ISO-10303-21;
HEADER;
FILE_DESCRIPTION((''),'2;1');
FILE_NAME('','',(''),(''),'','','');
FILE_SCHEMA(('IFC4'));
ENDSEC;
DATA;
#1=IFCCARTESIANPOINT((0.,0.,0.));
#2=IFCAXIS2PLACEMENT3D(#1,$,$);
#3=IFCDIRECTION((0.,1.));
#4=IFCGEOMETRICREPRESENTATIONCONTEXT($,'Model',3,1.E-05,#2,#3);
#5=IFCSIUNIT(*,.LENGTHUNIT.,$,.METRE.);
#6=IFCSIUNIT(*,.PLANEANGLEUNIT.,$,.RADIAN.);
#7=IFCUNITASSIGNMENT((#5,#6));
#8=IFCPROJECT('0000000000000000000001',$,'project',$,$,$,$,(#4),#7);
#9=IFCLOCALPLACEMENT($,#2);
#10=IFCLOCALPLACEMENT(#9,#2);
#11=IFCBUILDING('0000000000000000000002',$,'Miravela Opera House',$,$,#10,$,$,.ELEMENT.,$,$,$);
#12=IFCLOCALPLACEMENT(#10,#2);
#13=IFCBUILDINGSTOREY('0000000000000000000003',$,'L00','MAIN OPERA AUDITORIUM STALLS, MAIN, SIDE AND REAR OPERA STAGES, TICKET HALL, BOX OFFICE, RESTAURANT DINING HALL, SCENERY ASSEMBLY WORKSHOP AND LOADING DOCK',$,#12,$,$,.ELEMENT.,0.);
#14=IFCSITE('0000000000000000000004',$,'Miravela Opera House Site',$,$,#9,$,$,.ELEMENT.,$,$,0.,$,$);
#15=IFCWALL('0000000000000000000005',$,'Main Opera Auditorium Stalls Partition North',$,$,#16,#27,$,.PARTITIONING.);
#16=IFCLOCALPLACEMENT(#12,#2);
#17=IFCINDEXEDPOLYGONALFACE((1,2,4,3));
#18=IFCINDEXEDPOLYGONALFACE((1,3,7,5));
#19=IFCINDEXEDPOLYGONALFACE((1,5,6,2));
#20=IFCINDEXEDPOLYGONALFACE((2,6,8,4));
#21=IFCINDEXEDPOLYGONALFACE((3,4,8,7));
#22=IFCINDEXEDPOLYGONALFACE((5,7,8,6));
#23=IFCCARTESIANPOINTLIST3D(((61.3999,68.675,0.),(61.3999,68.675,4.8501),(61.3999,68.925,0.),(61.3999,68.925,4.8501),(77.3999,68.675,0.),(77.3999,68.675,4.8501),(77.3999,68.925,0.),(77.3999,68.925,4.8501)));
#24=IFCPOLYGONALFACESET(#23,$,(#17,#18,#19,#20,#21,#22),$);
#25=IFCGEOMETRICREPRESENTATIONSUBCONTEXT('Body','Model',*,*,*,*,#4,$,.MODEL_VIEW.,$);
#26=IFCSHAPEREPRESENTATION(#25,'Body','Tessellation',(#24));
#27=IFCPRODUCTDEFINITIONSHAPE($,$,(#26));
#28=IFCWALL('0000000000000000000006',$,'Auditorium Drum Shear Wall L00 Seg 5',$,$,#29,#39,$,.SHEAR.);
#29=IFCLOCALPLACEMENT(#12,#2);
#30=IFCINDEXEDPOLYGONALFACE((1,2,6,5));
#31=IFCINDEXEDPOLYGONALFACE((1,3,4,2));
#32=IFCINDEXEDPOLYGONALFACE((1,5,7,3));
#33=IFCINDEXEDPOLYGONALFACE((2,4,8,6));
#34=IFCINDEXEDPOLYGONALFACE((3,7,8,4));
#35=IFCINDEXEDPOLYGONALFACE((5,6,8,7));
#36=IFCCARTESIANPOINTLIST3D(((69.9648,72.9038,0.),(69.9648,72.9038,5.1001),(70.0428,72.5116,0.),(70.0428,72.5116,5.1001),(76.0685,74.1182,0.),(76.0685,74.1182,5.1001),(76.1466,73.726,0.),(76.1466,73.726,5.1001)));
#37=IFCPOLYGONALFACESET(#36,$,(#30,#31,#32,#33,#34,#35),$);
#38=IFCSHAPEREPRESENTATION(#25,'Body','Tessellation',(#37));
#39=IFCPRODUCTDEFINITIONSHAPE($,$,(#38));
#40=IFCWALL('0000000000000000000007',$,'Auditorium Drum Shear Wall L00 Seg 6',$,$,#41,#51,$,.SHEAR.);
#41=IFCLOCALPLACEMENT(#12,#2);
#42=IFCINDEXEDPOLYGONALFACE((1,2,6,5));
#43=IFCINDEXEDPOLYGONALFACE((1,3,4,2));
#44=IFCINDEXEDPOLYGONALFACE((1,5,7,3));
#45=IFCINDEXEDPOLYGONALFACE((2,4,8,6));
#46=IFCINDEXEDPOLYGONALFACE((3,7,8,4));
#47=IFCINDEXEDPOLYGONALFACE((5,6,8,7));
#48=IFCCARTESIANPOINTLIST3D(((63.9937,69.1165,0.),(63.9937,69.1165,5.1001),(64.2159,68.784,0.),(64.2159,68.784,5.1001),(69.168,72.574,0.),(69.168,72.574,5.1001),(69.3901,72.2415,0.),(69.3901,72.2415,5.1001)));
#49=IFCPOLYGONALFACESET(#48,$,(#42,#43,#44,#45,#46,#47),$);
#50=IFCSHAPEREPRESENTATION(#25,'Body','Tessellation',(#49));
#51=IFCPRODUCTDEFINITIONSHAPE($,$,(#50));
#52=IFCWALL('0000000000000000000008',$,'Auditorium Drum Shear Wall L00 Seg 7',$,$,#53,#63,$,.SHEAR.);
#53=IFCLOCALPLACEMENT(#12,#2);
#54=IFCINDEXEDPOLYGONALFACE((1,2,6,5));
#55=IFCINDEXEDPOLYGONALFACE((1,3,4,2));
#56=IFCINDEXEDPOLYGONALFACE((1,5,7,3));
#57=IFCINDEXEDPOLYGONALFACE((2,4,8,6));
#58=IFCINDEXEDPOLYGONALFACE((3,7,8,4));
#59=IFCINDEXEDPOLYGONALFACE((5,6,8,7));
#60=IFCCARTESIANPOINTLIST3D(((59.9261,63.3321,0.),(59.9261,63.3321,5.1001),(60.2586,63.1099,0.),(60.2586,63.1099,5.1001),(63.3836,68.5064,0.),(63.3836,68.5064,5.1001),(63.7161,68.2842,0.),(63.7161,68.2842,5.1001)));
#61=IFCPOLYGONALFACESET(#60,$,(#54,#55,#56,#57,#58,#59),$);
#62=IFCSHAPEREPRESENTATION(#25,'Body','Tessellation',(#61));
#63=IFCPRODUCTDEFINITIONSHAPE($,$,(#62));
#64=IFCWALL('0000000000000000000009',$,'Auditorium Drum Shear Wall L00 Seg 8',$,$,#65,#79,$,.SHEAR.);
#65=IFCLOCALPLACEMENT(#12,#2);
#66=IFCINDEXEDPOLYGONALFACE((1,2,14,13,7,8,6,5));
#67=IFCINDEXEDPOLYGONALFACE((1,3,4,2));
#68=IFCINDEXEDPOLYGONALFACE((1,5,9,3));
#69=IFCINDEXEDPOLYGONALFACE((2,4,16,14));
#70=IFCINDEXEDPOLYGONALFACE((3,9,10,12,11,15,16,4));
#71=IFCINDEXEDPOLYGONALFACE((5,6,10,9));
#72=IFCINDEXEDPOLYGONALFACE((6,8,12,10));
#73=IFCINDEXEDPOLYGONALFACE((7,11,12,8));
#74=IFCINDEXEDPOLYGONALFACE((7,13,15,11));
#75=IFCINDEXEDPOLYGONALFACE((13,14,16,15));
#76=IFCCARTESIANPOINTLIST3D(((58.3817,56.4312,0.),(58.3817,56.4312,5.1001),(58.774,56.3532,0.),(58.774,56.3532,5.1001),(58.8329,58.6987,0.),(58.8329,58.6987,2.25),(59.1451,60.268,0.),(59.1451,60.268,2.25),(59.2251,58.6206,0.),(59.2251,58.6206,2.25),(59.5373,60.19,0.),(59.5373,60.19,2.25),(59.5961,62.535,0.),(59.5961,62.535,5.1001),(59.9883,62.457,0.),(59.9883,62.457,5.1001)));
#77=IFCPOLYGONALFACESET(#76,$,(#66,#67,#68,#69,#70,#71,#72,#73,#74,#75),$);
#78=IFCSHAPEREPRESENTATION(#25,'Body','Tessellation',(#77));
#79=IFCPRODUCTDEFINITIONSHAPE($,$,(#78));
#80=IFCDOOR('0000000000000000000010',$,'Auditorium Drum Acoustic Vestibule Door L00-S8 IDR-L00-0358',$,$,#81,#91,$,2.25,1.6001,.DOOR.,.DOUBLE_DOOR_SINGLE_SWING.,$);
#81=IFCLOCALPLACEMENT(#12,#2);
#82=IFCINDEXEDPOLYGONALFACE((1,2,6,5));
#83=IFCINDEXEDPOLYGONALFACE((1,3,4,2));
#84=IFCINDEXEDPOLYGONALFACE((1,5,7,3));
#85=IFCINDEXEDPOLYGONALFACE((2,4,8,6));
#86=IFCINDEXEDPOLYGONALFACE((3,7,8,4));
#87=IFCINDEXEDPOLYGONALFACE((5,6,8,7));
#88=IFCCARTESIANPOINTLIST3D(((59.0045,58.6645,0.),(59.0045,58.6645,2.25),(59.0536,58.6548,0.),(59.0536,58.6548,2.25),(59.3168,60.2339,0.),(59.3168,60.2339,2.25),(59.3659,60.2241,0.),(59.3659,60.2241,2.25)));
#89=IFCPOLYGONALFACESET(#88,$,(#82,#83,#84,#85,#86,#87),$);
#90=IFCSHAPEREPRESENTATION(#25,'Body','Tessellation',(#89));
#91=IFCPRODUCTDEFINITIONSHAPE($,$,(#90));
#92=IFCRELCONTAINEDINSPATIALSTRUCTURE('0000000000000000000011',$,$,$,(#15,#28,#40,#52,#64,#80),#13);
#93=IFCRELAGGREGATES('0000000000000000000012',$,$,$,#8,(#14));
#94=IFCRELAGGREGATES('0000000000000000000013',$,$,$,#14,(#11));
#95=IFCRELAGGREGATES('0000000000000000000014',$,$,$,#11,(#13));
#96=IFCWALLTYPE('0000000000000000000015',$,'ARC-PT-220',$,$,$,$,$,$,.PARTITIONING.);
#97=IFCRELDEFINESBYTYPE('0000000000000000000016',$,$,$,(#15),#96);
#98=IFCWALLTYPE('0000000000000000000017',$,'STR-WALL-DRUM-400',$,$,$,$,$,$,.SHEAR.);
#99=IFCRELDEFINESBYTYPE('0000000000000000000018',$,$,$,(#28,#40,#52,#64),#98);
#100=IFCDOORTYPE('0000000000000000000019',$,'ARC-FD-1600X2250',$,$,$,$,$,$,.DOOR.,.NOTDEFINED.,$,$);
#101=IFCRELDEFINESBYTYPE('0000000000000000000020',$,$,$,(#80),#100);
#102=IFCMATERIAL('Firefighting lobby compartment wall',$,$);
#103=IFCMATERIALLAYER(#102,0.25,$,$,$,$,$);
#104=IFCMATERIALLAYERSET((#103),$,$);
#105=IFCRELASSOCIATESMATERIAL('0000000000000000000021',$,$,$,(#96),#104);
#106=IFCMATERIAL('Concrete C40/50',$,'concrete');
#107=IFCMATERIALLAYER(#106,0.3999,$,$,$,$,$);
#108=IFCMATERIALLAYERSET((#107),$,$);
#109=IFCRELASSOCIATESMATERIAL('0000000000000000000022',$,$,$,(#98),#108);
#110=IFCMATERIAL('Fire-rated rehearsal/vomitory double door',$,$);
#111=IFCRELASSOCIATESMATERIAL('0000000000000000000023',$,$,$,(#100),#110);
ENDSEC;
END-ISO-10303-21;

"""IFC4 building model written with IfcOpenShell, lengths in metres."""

from ifc_helpers import new_model, si_unit, direction, frame, frame_2d, origin, place, context, subcontext, project, spatial, rectangle, extrude, material, layer, layer_set, type_object, element, fill, save


model = new_model("IFC4")

# Units and contexts
model_context = context("Model", 3, precision=1e-05, world=origin(), true_north=direction((0.0, 1.0)))
body_context = subcontext(model_context, "Body", "Model", "MODEL_VIEW")
ifc_project = project(units=[si_unit("LENGTHUNIT", "METRE"), si_unit("PLANEANGLEUNIT", "RADIAN")], contexts=[model_context])

# Site, building, storey
site_placement = place(None, origin())
site = spatial("IfcSite", under=ifc_project, at=site_placement, Name="Miravela Opera House Site", CompositionType="ELEMENT", RefElevation=0.0)
building_placement = place(site_placement, origin())
building = spatial("IfcBuilding", under=site, at=building_placement, Name="Miravela Opera House", CompositionType="ELEMENT")
storey_placement = place(building_placement, origin())
storey = spatial("IfcBuildingStorey", under=building, at=storey_placement, Name="L00", Description="MAIN OPERA AUDITORIUM STALLS, MAIN, SIDE AND REAR OPERA STAGES, TICKET HALL, BOX OFFICE, RESTAURANT DINING HALL, SCENERY ASSEMBLY WORKSHOP AND LOADING DOCK", CompositionType="ELEMENT", Elevation=0.0)

# Shared definitions
ifc_material_1 = material(Name="Concrete C40/50", Category="concrete")

# Walls
ifc_material_2 = material(Name="Firefighting lobby compartment wall")
ifc_layer_1 = layer(ifc_material_2, 0.25)
ifc_layer_set_1 = layer_set([ifc_layer_1])
wall_type_1 = type_object("IfcWallType", Name="ARC-PT-220", PredefinedType="PARTITIONING", material=ifc_layer_set_1)
wall_1_placement = place(storey_placement, frame((61.3999, 68.8, 0.0), z_axis=(0.0, 0.0, 1.0), x_axis=(1.0, 0.0, 0.0)))
element("IfcWall", 1, at=wall_1_placement, inside=storey, type_object=wall_type_1, Name="Main Opera Auditorium Stalls Partition North", PredefinedType="PARTITIONING", context=body_context, shape_type="SweptSolid", body=[
    extrude(rectangle(XDim=16.0, YDim=0.25, at=frame_2d((8.0, 0.0))), origin(), (0.0, 0.0, 1.0), 4.8501),
])
ifc_layer_2 = layer(ifc_material_1, 0.3999)
ifc_layer_set_2 = layer_set([ifc_layer_2])
wall_type_2 = type_object("IfcWallType", Name="STR-WALL-DRUM-400", PredefinedType="SHEAR", material=ifc_layer_set_2)
wall_2_placement = place(storey_placement, frame((76.1077, 73.9221, 0.0), z_axis=(0.0, 0.0, 1.0), x_axis=(-0.980778, -0.195128, 0.0)))
element("IfcWall", 2, at=wall_2_placement, inside=storey, type_object=wall_type_2, Name="Auditorium Drum Shear Wall L00 Seg 5", PredefinedType="SHEAR", context=body_context, shape_type="SweptSolid", body=[
    extrude(rectangle(XDim=6.2234, YDim=0.3999, at=frame_2d((3.1118, 0.0))), origin(), (0.0, 0.0, 1.0), 5.1001),
])
for number, where, z_axis, x_axis, name in (
    (3, (69.2791, 72.4077, 0.0), (0.0, 0.0, 1.0), (-0.831458, -0.555587, 0.0), "Auditorium Drum Shear Wall L00 Seg 6"),
    (4, (63.5498, 68.3953, 0.0), (0.0, 0.0, 1.0), (-0.555587, -0.831458, 0.0), "Auditorium Drum Shear Wall L00 Seg 7"),
):
    element("IfcWall", number, at=place(storey_placement, frame(where, z_axis=z_axis, x_axis=x_axis)), inside=storey, type_object=wall_type_2, Name=name, PredefinedType="SHEAR", context=body_context, shape_type="SweptSolid", body=[
        extrude(rectangle(XDim=6.2231, YDim=0.3999, at=frame_2d((3.1116, 0.0))), origin(), (0.0, 0.0, 1.0), 5.1001),
    ])

# Wall, opening, door
wall_3_placement = place(storey_placement, frame((59.7922, 62.4961, 0.0), z_axis=(0.0, 0.0, 1.0), x_axis=(-0.195128, -0.980778, 0.0)))
wall_3 = element("IfcWall", 5, at=wall_3_placement, inside=storey, type_object=wall_type_2, Name="Auditorium Drum Shear Wall L00 Seg 8", PredefinedType="SHEAR", context=body_context, shape_type="SweptSolid", body=[
    extrude(rectangle(XDim=6.2234, YDim=0.3999, at=frame_2d((3.1118, 0.0))), origin(), (0.0, 0.0, 1.0), 5.1001),
])
opening_1_placement = place(wall_3_placement, frame((2.3115, 0.0, 0.0)))
opening_1 = element("IfcOpeningElement", 6, at=opening_1_placement, cuts=wall_3, PredefinedType="OPENING", context=body_context, shape_type="SweptSolid", body=[
    extrude(rectangle(XDim=1.6001, YDim=2.25, at=frame_2d((0.8, 1.125))), frame((0.0, 0.21, 0.0), z_axis=(0.0, -1.0, 0.0), x_axis=(1.0, 0.0, 0.0)), (0.0, 0.0, 1.0), 0.4199),
])
ifc_material_3 = material(Name="Fire-rated rehearsal/vomitory double door")
door_type_1 = type_object("IfcDoorType", Name="ARC-FD-1600X2250", OperationType="NOTDEFINED", PredefinedType="DOOR", material=ifc_material_3)
door_1_placement = place(opening_1_placement, frame((1.6001, 0.0, 0.0), z_axis=(0.0, 0.0, 1.0), x_axis=(-1.0, 0.0, 0.0)))
door_1 = element("IfcDoor", 7, at=door_1_placement, inside=storey, type_object=door_type_1, Name="Auditorium Drum Acoustic Vestibule Door L00-S8 IDR-L00-0358", OperationType="DOUBLE_DOOR_SINGLE_SWING", OverallHeight=2.25, OverallWidth=1.6001, PredefinedType="DOOR", context=body_context, shape_type="SweptSolid", body=[
    extrude(rectangle(XDim=1.6001, YDim=2.25, at=frame_2d((0.8, 1.125))), frame((0.0, 0.0249, 0.0), z_axis=(0.0, -1.0, 0.0), x_axis=(1.0, 0.0, 0.0)), (0.0, 0.0, 1.0), 0.05),
])
fill(opening_1, door_1)

save(model, "model.ifc")
